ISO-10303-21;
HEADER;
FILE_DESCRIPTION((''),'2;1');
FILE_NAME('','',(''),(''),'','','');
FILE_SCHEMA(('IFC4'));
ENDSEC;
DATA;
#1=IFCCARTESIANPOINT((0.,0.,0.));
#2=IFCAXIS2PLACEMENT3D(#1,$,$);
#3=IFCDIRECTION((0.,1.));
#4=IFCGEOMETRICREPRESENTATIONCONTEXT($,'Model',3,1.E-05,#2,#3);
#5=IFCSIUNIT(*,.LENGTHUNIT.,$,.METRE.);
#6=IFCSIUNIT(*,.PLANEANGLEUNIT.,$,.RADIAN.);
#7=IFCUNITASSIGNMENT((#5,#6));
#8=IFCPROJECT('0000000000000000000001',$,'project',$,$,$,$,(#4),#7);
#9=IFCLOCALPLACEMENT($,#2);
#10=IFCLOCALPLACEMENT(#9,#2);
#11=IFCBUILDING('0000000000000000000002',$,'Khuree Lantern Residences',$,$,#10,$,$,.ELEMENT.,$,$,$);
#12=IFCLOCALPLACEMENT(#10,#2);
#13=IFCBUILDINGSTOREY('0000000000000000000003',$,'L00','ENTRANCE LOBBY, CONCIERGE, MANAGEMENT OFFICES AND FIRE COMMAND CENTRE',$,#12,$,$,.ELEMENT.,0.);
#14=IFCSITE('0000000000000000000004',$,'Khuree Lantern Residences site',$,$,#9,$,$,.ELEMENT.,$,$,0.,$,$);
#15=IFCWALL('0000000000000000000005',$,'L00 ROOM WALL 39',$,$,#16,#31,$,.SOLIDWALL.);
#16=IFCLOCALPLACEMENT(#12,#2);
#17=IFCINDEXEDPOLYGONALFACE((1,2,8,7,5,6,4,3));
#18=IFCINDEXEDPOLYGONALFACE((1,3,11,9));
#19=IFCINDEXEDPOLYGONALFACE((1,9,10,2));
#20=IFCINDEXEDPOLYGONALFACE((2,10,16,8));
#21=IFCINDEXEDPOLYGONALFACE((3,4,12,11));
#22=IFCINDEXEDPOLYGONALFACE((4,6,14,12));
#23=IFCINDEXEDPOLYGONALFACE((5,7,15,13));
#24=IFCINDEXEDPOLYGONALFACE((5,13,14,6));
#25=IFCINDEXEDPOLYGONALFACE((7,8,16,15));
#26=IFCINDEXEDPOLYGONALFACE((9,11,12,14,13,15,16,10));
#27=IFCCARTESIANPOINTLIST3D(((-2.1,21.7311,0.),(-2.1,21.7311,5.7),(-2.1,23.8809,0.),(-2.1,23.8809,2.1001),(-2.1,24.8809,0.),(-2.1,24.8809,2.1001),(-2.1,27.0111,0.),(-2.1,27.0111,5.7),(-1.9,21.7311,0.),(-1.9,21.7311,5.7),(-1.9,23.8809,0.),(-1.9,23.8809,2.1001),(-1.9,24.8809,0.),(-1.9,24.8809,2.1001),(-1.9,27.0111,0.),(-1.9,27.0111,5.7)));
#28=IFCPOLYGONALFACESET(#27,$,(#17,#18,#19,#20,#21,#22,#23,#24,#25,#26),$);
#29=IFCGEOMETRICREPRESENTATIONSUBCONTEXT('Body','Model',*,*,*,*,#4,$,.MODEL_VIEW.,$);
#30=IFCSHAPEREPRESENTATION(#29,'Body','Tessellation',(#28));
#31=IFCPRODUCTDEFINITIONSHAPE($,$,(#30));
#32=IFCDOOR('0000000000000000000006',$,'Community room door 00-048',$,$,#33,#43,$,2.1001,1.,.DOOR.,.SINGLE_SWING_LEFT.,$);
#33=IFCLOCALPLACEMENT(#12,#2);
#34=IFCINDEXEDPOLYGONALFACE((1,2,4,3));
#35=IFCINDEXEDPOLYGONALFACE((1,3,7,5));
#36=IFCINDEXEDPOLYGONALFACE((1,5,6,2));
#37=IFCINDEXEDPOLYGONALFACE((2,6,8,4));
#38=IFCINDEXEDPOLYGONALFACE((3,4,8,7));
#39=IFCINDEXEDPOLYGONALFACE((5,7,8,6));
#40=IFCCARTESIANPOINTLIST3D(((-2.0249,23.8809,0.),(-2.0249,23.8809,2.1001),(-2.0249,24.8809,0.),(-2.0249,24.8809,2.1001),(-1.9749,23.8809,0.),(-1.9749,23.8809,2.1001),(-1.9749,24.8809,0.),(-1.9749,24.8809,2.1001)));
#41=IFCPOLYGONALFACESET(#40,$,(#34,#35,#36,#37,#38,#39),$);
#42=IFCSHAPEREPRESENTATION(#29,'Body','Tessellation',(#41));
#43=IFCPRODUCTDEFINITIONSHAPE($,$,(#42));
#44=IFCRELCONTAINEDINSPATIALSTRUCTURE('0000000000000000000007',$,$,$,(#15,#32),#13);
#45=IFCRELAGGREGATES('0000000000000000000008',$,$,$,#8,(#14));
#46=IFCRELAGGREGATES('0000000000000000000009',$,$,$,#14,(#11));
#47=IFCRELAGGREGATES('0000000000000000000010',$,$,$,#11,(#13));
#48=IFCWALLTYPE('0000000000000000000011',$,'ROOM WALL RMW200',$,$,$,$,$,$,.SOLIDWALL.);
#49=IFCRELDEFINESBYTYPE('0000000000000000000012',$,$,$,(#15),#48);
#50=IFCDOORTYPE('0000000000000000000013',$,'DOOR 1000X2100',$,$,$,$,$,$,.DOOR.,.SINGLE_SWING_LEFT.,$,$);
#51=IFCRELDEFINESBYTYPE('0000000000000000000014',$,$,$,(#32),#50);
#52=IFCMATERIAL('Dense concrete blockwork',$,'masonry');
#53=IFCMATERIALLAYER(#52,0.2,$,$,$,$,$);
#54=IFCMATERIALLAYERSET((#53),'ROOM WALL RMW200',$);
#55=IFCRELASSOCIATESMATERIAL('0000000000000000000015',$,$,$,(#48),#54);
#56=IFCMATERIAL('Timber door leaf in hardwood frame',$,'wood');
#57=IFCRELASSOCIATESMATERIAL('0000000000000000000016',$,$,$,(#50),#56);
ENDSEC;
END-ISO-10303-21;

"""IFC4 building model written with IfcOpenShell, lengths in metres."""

from ifc_helpers import new_model, si_unit, direction, frame, frame_2d, origin, place, context, subcontext, project, spatial, rectangle, extrude, material, layer, layer_set, type_object, element, fill, save


model = new_model("IFC4")

# Units and contexts
model_context = context("Model", 3, precision=1e-05, world=origin(), true_north=direction((0.0, 1.0)))
body_context = subcontext(model_context, "Body", "Model", "MODEL_VIEW")
ifc_project = project(units=[si_unit("LENGTHUNIT", "METRE"), si_unit("PLANEANGLEUNIT", "RADIAN")], contexts=[model_context])

# Site, building, storey
site_placement = place(None, origin())
site = spatial("IfcSite", under=ifc_project, at=site_placement, Name="Khuree Lantern Residences site", CompositionType="ELEMENT", RefElevation=0.0)
building_placement = place(site_placement, origin())
building = spatial("IfcBuilding", under=site, at=building_placement, Name="Khuree Lantern Residences", CompositionType="ELEMENT")
storey_placement = place(building_placement, origin())
storey = spatial("IfcBuildingStorey", under=building, at=storey_placement, Name="L00", Description="ENTRANCE LOBBY, CONCIERGE, MANAGEMENT OFFICES AND FIRE COMMAND CENTRE", CompositionType="ELEMENT", Elevation=0.0)

# Wall, opening, door
ifc_material_1 = material(Name="Dense concrete blockwork", Category="masonry")
ifc_layer = layer(ifc_material_1, 0.2)
ifc_layer_set = layer_set([ifc_layer], Name="ROOM WALL RMW200")
wall_type = type_object("IfcWallType", Name="ROOM WALL RMW200", PredefinedType="SOLIDWALL", material=ifc_layer_set)
wall_placement = place(storey_placement, frame((-2.0, 21.731, 0.0), z_axis=(0.0, 0.0, 1.0), x_axis=(0.0, 1.0, 0.0)))
wall = element("IfcWall", 1, at=wall_placement, inside=storey, type_object=wall_type, Name="L00 ROOM WALL 39", PredefinedType="SOLIDWALL", context=body_context, shape_type="SweptSolid", body=[
    extrude(rectangle(XDim=5.28, YDim=0.2, at=frame_2d((2.6401, 0.0))), origin(), (0.0, 0.0, 1.0), 5.7),
])
opening_placement = place(wall_placement, frame((2.1499, 0.0, 0.0)))
opening = element("IfcOpeningElement", 2, at=opening_placement, cuts=wall, PredefinedType="OPENING", context=body_context, shape_type="SweptSolid", body=[
    extrude(rectangle(XDim=1.0, YDim=2.1001, at=frame_2d((0.5, 1.05))), frame((0.0, 0.1099, 0.0), z_axis=(0.0, -1.0, 0.0), x_axis=(1.0, 0.0, 0.0)), (0.0, 0.0, 1.0), 0.22),
])
ifc_material_2 = material(Name="Timber door leaf in hardwood frame", Category="wood")
door_type = type_object("IfcDoorType", Name="DOOR 1000X2100", OperationType="SINGLE_SWING_LEFT", PredefinedType="DOOR", material=ifc_material_2)
door_placement = place(opening_placement, origin())
door = element("IfcDoor", 3, at=door_placement, inside=storey, type_object=door_type, Name="Community room door 00-048", OperationType="SINGLE_SWING_LEFT", OverallHeight=2.1001, OverallWidth=1.0, PredefinedType="DOOR", context=body_context, shape_type="SweptSolid", body=[
    extrude(rectangle(XDim=1.0, YDim=2.1001, at=frame_2d((0.5, 1.05))), frame((0.0, 0.0249, 0.0), z_axis=(0.0, -1.0, 0.0), x_axis=(1.0, 0.0, 0.0)), (0.0, 0.0, 1.0), 0.05),
])
fill(opening, door)

save(model, "model.ifc")
